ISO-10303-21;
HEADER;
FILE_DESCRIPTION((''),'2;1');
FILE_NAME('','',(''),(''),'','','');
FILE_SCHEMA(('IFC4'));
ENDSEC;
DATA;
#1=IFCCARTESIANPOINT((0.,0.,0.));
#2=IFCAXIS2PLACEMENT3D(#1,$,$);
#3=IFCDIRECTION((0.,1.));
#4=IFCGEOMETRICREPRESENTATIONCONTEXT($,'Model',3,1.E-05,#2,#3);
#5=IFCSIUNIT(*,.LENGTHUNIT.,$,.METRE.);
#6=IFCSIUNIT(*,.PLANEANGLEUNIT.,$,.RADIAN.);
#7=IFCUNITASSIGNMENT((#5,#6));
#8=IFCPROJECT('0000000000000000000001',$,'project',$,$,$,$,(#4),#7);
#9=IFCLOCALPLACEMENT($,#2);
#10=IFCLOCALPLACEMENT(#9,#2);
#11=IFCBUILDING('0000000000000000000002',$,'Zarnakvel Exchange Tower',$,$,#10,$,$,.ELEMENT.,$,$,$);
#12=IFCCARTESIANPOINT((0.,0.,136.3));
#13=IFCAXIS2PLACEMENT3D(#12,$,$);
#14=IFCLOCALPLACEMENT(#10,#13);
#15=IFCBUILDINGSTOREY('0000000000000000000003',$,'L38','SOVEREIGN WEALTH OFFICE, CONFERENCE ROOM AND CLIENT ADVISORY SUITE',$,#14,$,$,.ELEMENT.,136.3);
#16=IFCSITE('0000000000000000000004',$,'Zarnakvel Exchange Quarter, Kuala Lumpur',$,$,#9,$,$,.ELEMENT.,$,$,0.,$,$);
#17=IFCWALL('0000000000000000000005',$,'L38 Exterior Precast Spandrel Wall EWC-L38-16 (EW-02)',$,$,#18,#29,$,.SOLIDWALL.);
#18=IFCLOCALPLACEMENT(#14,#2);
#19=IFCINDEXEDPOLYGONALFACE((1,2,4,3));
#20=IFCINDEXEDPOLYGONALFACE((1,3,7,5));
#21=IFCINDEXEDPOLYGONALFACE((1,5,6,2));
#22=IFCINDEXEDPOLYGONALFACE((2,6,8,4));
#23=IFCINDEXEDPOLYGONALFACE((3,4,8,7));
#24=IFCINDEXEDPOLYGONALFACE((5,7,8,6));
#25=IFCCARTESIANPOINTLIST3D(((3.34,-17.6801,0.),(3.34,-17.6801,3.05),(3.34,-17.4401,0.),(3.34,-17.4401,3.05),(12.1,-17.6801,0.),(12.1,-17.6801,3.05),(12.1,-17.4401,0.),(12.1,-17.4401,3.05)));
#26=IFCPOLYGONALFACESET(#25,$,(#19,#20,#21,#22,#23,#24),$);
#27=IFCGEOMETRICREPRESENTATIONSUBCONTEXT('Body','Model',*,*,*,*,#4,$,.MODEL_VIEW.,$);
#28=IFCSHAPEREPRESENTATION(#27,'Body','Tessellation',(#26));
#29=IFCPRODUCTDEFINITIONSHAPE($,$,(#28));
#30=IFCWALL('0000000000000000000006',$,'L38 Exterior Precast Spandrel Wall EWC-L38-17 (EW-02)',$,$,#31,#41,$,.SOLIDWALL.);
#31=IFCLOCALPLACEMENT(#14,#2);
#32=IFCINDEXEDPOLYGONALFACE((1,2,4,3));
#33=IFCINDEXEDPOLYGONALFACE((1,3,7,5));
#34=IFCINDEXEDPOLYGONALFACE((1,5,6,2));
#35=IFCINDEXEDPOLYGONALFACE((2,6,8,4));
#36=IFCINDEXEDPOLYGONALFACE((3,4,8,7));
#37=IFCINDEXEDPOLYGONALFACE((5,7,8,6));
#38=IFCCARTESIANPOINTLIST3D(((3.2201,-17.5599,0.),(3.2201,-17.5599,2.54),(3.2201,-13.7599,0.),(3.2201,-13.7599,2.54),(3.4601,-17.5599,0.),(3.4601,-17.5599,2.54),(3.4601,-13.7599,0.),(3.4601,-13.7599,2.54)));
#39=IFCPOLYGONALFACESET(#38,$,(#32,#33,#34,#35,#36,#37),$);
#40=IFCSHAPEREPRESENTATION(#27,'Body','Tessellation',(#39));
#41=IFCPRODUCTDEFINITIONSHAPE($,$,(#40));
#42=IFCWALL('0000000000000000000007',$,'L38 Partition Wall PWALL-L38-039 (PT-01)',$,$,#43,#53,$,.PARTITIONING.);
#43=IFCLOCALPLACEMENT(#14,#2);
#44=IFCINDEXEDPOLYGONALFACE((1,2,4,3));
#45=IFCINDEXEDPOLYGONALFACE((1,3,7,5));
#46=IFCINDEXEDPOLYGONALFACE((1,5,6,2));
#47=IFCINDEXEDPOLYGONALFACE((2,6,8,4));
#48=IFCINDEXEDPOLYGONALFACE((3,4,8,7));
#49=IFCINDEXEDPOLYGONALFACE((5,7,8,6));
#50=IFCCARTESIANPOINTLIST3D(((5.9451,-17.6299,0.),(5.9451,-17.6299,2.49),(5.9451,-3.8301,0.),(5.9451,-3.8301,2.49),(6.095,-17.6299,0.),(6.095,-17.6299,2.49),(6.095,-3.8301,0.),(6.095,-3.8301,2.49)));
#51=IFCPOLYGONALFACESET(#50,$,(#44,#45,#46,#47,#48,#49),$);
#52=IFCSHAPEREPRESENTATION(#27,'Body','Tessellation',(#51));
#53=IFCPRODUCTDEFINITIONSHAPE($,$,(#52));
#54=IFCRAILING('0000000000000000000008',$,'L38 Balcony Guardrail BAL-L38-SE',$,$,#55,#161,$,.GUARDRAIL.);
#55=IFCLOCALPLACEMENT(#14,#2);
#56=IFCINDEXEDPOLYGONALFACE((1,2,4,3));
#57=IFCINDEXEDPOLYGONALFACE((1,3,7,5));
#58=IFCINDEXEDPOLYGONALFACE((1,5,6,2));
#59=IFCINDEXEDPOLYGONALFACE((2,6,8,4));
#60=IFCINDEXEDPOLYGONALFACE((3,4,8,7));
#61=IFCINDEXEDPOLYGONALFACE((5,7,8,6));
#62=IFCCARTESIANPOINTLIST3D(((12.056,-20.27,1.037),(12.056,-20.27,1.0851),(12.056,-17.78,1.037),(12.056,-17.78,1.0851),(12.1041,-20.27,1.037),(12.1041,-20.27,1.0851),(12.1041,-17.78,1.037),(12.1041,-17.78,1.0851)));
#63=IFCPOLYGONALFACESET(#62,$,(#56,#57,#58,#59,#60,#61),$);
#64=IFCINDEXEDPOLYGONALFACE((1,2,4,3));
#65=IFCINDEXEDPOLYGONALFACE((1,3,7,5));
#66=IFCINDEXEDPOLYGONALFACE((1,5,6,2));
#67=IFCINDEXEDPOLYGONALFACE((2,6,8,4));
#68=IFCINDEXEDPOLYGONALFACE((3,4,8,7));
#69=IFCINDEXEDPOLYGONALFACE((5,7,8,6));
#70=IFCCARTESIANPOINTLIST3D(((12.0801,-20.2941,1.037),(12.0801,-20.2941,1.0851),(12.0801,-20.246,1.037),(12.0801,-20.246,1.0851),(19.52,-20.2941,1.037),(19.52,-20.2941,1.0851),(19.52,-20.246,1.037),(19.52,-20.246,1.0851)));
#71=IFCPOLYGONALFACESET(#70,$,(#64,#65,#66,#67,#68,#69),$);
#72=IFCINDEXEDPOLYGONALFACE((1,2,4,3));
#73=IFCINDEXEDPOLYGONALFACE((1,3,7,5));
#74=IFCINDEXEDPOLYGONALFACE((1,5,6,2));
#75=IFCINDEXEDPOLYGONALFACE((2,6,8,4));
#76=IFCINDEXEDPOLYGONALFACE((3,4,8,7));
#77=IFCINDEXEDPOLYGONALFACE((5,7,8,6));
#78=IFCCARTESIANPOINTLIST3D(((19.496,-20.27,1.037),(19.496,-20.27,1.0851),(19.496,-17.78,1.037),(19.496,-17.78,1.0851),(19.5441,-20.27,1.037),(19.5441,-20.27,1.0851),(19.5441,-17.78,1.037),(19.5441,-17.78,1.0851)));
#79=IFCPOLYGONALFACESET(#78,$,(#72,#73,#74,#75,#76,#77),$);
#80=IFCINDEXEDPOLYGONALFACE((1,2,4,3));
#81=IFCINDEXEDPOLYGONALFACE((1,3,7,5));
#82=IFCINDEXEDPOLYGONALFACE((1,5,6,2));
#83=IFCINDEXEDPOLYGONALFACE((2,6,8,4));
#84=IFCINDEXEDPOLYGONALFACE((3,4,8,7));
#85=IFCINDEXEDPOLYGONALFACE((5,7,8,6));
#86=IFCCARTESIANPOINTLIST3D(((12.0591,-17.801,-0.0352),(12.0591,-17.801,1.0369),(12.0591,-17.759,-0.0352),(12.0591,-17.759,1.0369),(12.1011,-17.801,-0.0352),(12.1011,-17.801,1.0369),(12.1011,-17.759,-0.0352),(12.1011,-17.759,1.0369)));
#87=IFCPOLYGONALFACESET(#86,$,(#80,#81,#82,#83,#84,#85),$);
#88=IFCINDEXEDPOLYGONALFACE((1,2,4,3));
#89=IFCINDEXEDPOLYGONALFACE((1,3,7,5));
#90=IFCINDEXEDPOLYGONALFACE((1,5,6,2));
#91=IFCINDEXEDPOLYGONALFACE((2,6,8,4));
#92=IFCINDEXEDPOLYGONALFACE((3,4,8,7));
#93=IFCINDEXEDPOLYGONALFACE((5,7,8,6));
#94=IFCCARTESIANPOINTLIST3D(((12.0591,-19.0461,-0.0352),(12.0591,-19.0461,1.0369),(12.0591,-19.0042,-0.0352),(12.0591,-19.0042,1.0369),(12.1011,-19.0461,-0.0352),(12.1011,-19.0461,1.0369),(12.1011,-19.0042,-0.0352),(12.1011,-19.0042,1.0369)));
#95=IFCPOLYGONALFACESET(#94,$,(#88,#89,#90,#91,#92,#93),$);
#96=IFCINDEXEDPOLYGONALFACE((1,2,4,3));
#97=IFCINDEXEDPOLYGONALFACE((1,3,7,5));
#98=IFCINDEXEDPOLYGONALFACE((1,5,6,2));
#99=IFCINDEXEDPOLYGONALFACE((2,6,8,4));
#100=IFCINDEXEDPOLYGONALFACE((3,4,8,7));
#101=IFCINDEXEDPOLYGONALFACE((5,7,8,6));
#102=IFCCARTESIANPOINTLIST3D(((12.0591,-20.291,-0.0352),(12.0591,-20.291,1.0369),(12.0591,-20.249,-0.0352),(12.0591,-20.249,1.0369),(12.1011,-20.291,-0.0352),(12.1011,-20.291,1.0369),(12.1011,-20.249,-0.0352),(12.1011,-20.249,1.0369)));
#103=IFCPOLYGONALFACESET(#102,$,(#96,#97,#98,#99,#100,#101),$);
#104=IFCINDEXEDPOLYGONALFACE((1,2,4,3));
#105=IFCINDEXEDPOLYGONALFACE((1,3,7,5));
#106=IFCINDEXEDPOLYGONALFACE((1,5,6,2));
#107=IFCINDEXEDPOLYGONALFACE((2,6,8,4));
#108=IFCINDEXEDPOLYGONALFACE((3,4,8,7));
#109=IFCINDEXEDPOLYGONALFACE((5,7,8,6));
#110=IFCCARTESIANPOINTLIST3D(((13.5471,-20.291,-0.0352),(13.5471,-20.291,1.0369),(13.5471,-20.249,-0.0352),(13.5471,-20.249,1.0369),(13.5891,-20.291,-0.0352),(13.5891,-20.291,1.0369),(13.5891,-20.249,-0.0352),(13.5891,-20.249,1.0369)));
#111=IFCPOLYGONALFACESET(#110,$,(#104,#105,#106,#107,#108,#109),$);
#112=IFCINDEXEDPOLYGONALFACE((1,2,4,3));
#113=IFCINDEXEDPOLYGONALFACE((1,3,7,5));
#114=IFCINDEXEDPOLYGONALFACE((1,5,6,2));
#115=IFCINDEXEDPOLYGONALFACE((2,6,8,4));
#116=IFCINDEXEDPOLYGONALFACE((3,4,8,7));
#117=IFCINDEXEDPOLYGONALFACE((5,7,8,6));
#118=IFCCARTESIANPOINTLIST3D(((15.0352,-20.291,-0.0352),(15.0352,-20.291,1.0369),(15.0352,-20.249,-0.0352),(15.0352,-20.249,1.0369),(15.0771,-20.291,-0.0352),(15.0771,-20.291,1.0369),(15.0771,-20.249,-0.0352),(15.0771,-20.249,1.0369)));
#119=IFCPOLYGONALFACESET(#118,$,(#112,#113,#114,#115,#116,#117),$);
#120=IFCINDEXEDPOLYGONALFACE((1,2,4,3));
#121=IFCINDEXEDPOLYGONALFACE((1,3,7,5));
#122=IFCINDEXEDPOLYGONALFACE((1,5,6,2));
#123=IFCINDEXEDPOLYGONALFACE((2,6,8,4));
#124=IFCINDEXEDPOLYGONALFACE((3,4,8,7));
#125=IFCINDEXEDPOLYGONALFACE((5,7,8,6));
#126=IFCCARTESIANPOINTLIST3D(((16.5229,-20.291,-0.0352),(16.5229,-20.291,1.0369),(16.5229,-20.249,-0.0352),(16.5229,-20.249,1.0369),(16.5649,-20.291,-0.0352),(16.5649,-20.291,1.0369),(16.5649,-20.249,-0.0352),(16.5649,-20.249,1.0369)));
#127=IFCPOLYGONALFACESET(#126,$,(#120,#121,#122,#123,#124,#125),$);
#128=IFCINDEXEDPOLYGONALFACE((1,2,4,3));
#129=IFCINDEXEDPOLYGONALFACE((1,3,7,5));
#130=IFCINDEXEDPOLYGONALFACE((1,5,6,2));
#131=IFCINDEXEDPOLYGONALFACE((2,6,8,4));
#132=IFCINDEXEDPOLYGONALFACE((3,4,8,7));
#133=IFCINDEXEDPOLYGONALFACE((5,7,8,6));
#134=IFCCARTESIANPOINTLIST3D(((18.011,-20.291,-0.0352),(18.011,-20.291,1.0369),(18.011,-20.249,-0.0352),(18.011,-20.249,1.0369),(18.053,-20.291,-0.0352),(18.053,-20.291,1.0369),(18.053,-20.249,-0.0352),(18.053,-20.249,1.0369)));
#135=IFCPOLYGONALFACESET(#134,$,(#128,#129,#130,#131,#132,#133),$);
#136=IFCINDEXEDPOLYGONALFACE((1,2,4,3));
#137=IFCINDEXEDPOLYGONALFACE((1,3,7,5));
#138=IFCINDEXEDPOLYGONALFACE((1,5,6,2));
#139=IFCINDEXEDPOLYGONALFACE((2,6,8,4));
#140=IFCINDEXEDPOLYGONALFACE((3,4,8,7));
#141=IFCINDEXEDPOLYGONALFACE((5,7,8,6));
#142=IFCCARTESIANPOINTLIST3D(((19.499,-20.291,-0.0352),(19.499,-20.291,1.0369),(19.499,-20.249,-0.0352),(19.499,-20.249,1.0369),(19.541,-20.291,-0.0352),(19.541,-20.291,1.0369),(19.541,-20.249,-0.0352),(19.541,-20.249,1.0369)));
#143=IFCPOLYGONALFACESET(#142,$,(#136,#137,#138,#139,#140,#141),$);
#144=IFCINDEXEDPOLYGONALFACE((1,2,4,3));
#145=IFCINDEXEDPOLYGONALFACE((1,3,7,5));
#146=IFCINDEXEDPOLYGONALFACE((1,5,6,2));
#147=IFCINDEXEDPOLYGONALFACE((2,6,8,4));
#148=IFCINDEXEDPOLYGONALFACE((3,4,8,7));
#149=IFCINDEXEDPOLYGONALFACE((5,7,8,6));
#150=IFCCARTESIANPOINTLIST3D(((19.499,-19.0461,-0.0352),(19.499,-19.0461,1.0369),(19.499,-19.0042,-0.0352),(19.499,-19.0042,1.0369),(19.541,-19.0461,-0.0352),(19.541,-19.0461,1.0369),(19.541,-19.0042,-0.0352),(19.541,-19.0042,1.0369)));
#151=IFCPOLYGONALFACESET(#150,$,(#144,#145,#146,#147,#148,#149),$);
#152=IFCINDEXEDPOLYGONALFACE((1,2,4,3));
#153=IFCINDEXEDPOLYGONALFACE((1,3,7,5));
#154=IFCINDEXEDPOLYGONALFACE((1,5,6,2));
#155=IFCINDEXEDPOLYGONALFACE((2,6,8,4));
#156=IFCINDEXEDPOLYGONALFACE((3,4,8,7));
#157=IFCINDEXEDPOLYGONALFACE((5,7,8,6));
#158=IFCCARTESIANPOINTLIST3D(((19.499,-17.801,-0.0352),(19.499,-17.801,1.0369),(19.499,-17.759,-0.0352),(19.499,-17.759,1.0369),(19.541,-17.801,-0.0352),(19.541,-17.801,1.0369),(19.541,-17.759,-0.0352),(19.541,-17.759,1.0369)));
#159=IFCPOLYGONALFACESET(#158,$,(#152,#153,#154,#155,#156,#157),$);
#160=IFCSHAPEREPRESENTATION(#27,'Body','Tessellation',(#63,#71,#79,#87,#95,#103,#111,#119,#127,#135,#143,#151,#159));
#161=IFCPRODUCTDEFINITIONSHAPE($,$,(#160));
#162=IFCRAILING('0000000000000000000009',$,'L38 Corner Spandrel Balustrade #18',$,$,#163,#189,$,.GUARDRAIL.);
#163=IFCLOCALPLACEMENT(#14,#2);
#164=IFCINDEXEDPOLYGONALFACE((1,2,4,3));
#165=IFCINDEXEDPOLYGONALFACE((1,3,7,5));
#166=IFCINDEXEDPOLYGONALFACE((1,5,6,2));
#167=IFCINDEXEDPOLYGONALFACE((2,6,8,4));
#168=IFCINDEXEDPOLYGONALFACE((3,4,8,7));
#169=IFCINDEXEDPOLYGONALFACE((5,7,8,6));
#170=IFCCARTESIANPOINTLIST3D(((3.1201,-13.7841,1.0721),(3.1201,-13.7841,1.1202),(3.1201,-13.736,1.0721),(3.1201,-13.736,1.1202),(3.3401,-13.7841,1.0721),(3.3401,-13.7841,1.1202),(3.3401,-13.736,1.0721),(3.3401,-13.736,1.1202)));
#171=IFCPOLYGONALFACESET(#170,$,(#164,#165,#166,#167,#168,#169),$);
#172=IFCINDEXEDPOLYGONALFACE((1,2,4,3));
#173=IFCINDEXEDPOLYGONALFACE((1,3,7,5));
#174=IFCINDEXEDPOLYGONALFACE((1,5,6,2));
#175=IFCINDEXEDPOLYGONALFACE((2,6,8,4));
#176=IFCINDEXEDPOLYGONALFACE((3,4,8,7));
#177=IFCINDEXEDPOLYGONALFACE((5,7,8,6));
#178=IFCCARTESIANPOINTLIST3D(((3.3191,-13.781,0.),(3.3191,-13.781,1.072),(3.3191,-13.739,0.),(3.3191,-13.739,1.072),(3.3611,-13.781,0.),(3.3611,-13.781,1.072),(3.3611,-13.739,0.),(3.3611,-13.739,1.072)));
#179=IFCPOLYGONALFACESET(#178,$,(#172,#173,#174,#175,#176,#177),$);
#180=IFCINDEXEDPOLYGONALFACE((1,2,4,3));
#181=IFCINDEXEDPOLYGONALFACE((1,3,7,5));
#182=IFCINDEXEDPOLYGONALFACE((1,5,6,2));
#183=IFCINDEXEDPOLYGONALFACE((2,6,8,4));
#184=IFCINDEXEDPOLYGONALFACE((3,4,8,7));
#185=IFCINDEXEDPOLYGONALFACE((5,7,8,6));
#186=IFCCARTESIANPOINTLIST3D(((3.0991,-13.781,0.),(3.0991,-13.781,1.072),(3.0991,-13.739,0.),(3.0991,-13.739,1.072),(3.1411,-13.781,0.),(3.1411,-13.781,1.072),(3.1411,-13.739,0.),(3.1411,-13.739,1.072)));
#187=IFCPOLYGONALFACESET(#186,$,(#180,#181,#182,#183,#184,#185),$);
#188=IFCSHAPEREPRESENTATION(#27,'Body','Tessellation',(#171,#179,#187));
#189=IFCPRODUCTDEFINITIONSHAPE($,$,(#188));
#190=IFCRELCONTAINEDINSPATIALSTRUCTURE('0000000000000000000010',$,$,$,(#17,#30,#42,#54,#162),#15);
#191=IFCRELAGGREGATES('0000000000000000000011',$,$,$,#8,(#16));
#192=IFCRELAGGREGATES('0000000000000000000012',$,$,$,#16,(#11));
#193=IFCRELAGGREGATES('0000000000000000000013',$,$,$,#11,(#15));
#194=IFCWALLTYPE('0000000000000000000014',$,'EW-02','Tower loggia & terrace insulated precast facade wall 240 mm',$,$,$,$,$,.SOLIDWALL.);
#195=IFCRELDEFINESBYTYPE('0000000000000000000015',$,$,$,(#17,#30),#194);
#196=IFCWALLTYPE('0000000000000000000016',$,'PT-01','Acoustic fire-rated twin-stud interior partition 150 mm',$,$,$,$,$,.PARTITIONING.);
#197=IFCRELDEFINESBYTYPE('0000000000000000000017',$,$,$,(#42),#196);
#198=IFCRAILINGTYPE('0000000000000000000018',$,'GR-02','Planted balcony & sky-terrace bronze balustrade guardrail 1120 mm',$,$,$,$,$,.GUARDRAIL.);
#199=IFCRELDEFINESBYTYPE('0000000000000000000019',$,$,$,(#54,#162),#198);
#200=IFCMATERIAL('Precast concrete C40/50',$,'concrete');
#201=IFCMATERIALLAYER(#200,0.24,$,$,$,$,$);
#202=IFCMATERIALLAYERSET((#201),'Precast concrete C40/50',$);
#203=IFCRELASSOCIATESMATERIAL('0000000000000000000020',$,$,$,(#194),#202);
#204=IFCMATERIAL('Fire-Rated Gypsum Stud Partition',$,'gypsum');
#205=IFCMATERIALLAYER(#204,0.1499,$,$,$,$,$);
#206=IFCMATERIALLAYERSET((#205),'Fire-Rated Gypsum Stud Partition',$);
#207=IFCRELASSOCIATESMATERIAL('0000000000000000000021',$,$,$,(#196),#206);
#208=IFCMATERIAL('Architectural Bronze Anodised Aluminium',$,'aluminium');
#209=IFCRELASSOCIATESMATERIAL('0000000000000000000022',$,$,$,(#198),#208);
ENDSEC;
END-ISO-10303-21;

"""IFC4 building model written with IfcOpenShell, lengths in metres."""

from ifc_helpers import new_model, si_unit, direction, frame, frame_2d, origin, origin_2d, place, context, subcontext, project, spatial, rectangle, extrude, material, layer, layer_set, type_object, element, save


model = new_model("IFC4")

# Units and contexts
model_context = context("Model", 3, precision=1e-05, world=origin(), true_north=direction((0.0, 1.0)))
body_context = subcontext(model_context, "Body", "Model", "MODEL_VIEW")
ifc_project = project(units=[si_unit("LENGTHUNIT", "METRE"), si_unit("PLANEANGLEUNIT", "RADIAN")], contexts=[model_context])

# Site, building, storey
site_placement = place(None, origin())
site = spatial("IfcSite", under=ifc_project, at=site_placement, Name="Zarnakvel Exchange Quarter, Kuala Lumpur", CompositionType="ELEMENT", RefElevation=0.0)
building_placement = place(site_placement, origin())
building = spatial("IfcBuilding", under=site, at=building_placement, Name="Zarnakvel Exchange Tower", CompositionType="ELEMENT")
storey_placement = place(building_placement, frame((0.0, 0.0, 136.3)))
storey = spatial("IfcBuildingStorey", under=building, at=storey_placement, Name="L38", Description="SOVEREIGN WEALTH OFFICE, CONFERENCE ROOM AND CLIENT ADVISORY SUITE", CompositionType="ELEMENT", Elevation=136.3)

# Shared definitions
ifc_material_1 = material(Name="Architectural Bronze Anodised Aluminium", Category="aluminium")

# Walls
ifc_material_2 = material(Name="Precast concrete C40/50", Category="concrete")
ifc_layer_1 = layer(ifc_material_2, 0.24)
ifc_layer_set_1 = layer_set([ifc_layer_1], Name="Precast concrete C40/50")
wall_type_1 = type_object("IfcWallType", Name="EW-02", Description="Tower loggia & terrace insulated precast facade wall 240 mm", PredefinedType="SOLIDWALL", material=ifc_layer_set_1)
wall_1_placement = place(storey_placement, frame((3.3401, -17.5601, 0.0), z_axis=(0.0, 0.0, 1.0), x_axis=(1.0, 0.0, 0.0)))
element("IfcWall", 1, at=wall_1_placement, inside=storey, type_object=wall_type_1, Name="L38 Exterior Precast Spandrel Wall EWC-L38-16 (EW-02)", PredefinedType="SOLIDWALL", context=body_context, shape_type="SweptSolid", body=[
    extrude(rectangle(XDim=8.76, YDim=0.24, at=frame_2d((4.3799, 0.0))), origin(), (0.0, 0.0, 1.0), 3.05),
])
wall_2_placement = place(storey_placement, frame((3.3401, -13.76, 0.0), z_axis=(0.0, 0.0, 1.0), x_axis=(0.0, -1.0, 0.0)))
element("IfcWall", 2, at=wall_2_placement, inside=storey, type_object=wall_type_1, Name="L38 Exterior Precast Spandrel Wall EWC-L38-17 (EW-02)", PredefinedType="SOLIDWALL", context=body_context, shape_type="SweptSolid", body=[
    extrude(rectangle(XDim=3.8, YDim=0.24, at=frame_2d((1.8999, 0.0))), origin(), (0.0, 0.0, 1.0), 2.54),
])
ifc_material_3 = material(Name="Fire-Rated Gypsum Stud Partition", Category="gypsum")
ifc_layer_2 = layer(ifc_material_3, 0.1499)
ifc_layer_set_2 = layer_set([ifc_layer_2], Name="Fire-Rated Gypsum Stud Partition")
wall_type_2 = type_object("IfcWallType", Name="PT-01", Description="Acoustic fire-rated twin-stud interior partition 150 mm", PredefinedType="PARTITIONING", material=ifc_layer_set_2)
wall_3_placement = place(storey_placement, frame((6.02, -17.6299, 0.0), z_axis=(0.0, 0.0, 1.0), x_axis=(0.0, 1.0, 0.0)))
element("IfcWall", 3, at=wall_3_placement, inside=storey, type_object=wall_type_2, Name="L38 Partition Wall PWALL-L38-039 (PT-01)", PredefinedType="PARTITIONING", context=body_context, shape_type="SweptSolid", body=[
    extrude(rectangle(XDim=13.7998, YDim=0.1499, at=frame_2d((6.8999, 0.0))), origin(), (0.0, 0.0, 1.0), 2.49),
])

# Railings
railing_type = type_object("IfcRailingType", Name="GR-02", Description="Planted balcony & sky-terrace bronze balustrade guardrail 1120 mm", PredefinedType="GUARDRAIL", material=ifc_material_1)
railing_1_placement = place(storey_placement, frame((12.0801, -17.78, -0.0352)))
element("IfcRailing", 4, at=railing_1_placement, inside=storey, type_object=railing_type, Name="L38 Balcony Guardrail BAL-L38-SE", PredefinedType="GUARDRAIL", context=body_context, shape_type="SweptSolid", body=[
    extrude(rectangle(XDim=0.0481, YDim=0.0481, at=origin_2d()), frame((0.0, 0.0, 1.0962), z_axis=(0.0, -1.0, 0.0), x_axis=(1.0, 0.0, 0.0)), (0.0, 0.0, 1.0), 2.49),
    extrude(rectangle(XDim=0.0481, YDim=0.0481, at=origin_2d()), frame((0.0, -2.49, 1.0962), z_axis=(1.0, 0.0, 0.0), x_axis=(0.0, 1.0, 0.0)), (0.0, 0.0, 1.0), 7.4399),
    extrude(rectangle(XDim=0.0481, YDim=0.0481, at=origin_2d()), frame((7.4399, -2.49, 1.0962), z_axis=(0.0, 1.0, 0.0), x_axis=(-1.0, 0.0, 0.0)), (0.0, 0.0, 1.0), 2.49),
    extrude(rectangle(XDim=0.042, YDim=0.042, at=origin_2d()), origin(), (0.0, 0.0, 1.0), 1.072),
    extrude(rectangle(XDim=0.042, YDim=0.042, at=origin_2d()), frame((0.0, -1.2451, 0.0)), (0.0, 0.0, 1.0), 1.072),
    extrude(rectangle(XDim=0.042, YDim=0.042, at=origin_2d()), frame((0.0, -2.49, 0.0)), (0.0, 0.0, 1.0), 1.072),
    extrude(rectangle(XDim=0.042, YDim=0.042, at=origin_2d()), frame((1.488, -2.49, 0.0)), (0.0, 0.0, 1.0), 1.072),
    extrude(rectangle(XDim=0.042, YDim=0.042, at=origin_2d()), frame((2.9761, -2.49, 0.0)), (0.0, 0.0, 1.0), 1.072),
    extrude(rectangle(XDim=0.042, YDim=0.042, at=origin_2d()), frame((4.4639, -2.49, 0.0)), (0.0, 0.0, 1.0), 1.072),
    extrude(rectangle(XDim=0.042, YDim=0.042, at=origin_2d()), frame((5.9519, -2.49, 0.0)), (0.0, 0.0, 1.0), 1.072),
    extrude(rectangle(XDim=0.042, YDim=0.042, at=origin_2d()), frame((7.4399, -2.49, 0.0)), (0.0, 0.0, 1.0), 1.072),
    extrude(rectangle(XDim=0.042, YDim=0.042, at=origin_2d()), frame((7.4399, -1.2451, 0.0)), (0.0, 0.0, 1.0), 1.072),
    extrude(rectangle(XDim=0.042, YDim=0.042, at=origin_2d()), frame((7.4399, 0.0, 0.0)), (0.0, 0.0, 1.0), 1.072),
])
railing_2_placement = place(storey_placement, frame((3.3401, -13.76, 0.0)))
element("IfcRailing", 5, at=railing_2_placement, inside=storey, type_object=railing_type, Name="L38 Corner Spandrel Balustrade #18", PredefinedType="GUARDRAIL", context=body_context, shape_type="SweptSolid", body=[
    extrude(rectangle(XDim=0.0481, YDim=0.0481, at=origin_2d()), frame((0.0, 0.0, 1.0962), z_axis=(-1.0, 0.0, 0.0), x_axis=(0.0, -1.0, 0.0)), (0.0, 0.0, 1.0), 0.22),
    extrude(rectangle(XDim=0.042, YDim=0.042, at=origin_2d()), origin(), (0.0, 0.0, 1.0), 1.072),
    extrude(rectangle(XDim=0.042, YDim=0.042, at=origin_2d()), frame((-0.22, 0.0, 0.0)), (0.0, 0.0, 1.0), 1.072),
])

save(model, "model.ifc")
